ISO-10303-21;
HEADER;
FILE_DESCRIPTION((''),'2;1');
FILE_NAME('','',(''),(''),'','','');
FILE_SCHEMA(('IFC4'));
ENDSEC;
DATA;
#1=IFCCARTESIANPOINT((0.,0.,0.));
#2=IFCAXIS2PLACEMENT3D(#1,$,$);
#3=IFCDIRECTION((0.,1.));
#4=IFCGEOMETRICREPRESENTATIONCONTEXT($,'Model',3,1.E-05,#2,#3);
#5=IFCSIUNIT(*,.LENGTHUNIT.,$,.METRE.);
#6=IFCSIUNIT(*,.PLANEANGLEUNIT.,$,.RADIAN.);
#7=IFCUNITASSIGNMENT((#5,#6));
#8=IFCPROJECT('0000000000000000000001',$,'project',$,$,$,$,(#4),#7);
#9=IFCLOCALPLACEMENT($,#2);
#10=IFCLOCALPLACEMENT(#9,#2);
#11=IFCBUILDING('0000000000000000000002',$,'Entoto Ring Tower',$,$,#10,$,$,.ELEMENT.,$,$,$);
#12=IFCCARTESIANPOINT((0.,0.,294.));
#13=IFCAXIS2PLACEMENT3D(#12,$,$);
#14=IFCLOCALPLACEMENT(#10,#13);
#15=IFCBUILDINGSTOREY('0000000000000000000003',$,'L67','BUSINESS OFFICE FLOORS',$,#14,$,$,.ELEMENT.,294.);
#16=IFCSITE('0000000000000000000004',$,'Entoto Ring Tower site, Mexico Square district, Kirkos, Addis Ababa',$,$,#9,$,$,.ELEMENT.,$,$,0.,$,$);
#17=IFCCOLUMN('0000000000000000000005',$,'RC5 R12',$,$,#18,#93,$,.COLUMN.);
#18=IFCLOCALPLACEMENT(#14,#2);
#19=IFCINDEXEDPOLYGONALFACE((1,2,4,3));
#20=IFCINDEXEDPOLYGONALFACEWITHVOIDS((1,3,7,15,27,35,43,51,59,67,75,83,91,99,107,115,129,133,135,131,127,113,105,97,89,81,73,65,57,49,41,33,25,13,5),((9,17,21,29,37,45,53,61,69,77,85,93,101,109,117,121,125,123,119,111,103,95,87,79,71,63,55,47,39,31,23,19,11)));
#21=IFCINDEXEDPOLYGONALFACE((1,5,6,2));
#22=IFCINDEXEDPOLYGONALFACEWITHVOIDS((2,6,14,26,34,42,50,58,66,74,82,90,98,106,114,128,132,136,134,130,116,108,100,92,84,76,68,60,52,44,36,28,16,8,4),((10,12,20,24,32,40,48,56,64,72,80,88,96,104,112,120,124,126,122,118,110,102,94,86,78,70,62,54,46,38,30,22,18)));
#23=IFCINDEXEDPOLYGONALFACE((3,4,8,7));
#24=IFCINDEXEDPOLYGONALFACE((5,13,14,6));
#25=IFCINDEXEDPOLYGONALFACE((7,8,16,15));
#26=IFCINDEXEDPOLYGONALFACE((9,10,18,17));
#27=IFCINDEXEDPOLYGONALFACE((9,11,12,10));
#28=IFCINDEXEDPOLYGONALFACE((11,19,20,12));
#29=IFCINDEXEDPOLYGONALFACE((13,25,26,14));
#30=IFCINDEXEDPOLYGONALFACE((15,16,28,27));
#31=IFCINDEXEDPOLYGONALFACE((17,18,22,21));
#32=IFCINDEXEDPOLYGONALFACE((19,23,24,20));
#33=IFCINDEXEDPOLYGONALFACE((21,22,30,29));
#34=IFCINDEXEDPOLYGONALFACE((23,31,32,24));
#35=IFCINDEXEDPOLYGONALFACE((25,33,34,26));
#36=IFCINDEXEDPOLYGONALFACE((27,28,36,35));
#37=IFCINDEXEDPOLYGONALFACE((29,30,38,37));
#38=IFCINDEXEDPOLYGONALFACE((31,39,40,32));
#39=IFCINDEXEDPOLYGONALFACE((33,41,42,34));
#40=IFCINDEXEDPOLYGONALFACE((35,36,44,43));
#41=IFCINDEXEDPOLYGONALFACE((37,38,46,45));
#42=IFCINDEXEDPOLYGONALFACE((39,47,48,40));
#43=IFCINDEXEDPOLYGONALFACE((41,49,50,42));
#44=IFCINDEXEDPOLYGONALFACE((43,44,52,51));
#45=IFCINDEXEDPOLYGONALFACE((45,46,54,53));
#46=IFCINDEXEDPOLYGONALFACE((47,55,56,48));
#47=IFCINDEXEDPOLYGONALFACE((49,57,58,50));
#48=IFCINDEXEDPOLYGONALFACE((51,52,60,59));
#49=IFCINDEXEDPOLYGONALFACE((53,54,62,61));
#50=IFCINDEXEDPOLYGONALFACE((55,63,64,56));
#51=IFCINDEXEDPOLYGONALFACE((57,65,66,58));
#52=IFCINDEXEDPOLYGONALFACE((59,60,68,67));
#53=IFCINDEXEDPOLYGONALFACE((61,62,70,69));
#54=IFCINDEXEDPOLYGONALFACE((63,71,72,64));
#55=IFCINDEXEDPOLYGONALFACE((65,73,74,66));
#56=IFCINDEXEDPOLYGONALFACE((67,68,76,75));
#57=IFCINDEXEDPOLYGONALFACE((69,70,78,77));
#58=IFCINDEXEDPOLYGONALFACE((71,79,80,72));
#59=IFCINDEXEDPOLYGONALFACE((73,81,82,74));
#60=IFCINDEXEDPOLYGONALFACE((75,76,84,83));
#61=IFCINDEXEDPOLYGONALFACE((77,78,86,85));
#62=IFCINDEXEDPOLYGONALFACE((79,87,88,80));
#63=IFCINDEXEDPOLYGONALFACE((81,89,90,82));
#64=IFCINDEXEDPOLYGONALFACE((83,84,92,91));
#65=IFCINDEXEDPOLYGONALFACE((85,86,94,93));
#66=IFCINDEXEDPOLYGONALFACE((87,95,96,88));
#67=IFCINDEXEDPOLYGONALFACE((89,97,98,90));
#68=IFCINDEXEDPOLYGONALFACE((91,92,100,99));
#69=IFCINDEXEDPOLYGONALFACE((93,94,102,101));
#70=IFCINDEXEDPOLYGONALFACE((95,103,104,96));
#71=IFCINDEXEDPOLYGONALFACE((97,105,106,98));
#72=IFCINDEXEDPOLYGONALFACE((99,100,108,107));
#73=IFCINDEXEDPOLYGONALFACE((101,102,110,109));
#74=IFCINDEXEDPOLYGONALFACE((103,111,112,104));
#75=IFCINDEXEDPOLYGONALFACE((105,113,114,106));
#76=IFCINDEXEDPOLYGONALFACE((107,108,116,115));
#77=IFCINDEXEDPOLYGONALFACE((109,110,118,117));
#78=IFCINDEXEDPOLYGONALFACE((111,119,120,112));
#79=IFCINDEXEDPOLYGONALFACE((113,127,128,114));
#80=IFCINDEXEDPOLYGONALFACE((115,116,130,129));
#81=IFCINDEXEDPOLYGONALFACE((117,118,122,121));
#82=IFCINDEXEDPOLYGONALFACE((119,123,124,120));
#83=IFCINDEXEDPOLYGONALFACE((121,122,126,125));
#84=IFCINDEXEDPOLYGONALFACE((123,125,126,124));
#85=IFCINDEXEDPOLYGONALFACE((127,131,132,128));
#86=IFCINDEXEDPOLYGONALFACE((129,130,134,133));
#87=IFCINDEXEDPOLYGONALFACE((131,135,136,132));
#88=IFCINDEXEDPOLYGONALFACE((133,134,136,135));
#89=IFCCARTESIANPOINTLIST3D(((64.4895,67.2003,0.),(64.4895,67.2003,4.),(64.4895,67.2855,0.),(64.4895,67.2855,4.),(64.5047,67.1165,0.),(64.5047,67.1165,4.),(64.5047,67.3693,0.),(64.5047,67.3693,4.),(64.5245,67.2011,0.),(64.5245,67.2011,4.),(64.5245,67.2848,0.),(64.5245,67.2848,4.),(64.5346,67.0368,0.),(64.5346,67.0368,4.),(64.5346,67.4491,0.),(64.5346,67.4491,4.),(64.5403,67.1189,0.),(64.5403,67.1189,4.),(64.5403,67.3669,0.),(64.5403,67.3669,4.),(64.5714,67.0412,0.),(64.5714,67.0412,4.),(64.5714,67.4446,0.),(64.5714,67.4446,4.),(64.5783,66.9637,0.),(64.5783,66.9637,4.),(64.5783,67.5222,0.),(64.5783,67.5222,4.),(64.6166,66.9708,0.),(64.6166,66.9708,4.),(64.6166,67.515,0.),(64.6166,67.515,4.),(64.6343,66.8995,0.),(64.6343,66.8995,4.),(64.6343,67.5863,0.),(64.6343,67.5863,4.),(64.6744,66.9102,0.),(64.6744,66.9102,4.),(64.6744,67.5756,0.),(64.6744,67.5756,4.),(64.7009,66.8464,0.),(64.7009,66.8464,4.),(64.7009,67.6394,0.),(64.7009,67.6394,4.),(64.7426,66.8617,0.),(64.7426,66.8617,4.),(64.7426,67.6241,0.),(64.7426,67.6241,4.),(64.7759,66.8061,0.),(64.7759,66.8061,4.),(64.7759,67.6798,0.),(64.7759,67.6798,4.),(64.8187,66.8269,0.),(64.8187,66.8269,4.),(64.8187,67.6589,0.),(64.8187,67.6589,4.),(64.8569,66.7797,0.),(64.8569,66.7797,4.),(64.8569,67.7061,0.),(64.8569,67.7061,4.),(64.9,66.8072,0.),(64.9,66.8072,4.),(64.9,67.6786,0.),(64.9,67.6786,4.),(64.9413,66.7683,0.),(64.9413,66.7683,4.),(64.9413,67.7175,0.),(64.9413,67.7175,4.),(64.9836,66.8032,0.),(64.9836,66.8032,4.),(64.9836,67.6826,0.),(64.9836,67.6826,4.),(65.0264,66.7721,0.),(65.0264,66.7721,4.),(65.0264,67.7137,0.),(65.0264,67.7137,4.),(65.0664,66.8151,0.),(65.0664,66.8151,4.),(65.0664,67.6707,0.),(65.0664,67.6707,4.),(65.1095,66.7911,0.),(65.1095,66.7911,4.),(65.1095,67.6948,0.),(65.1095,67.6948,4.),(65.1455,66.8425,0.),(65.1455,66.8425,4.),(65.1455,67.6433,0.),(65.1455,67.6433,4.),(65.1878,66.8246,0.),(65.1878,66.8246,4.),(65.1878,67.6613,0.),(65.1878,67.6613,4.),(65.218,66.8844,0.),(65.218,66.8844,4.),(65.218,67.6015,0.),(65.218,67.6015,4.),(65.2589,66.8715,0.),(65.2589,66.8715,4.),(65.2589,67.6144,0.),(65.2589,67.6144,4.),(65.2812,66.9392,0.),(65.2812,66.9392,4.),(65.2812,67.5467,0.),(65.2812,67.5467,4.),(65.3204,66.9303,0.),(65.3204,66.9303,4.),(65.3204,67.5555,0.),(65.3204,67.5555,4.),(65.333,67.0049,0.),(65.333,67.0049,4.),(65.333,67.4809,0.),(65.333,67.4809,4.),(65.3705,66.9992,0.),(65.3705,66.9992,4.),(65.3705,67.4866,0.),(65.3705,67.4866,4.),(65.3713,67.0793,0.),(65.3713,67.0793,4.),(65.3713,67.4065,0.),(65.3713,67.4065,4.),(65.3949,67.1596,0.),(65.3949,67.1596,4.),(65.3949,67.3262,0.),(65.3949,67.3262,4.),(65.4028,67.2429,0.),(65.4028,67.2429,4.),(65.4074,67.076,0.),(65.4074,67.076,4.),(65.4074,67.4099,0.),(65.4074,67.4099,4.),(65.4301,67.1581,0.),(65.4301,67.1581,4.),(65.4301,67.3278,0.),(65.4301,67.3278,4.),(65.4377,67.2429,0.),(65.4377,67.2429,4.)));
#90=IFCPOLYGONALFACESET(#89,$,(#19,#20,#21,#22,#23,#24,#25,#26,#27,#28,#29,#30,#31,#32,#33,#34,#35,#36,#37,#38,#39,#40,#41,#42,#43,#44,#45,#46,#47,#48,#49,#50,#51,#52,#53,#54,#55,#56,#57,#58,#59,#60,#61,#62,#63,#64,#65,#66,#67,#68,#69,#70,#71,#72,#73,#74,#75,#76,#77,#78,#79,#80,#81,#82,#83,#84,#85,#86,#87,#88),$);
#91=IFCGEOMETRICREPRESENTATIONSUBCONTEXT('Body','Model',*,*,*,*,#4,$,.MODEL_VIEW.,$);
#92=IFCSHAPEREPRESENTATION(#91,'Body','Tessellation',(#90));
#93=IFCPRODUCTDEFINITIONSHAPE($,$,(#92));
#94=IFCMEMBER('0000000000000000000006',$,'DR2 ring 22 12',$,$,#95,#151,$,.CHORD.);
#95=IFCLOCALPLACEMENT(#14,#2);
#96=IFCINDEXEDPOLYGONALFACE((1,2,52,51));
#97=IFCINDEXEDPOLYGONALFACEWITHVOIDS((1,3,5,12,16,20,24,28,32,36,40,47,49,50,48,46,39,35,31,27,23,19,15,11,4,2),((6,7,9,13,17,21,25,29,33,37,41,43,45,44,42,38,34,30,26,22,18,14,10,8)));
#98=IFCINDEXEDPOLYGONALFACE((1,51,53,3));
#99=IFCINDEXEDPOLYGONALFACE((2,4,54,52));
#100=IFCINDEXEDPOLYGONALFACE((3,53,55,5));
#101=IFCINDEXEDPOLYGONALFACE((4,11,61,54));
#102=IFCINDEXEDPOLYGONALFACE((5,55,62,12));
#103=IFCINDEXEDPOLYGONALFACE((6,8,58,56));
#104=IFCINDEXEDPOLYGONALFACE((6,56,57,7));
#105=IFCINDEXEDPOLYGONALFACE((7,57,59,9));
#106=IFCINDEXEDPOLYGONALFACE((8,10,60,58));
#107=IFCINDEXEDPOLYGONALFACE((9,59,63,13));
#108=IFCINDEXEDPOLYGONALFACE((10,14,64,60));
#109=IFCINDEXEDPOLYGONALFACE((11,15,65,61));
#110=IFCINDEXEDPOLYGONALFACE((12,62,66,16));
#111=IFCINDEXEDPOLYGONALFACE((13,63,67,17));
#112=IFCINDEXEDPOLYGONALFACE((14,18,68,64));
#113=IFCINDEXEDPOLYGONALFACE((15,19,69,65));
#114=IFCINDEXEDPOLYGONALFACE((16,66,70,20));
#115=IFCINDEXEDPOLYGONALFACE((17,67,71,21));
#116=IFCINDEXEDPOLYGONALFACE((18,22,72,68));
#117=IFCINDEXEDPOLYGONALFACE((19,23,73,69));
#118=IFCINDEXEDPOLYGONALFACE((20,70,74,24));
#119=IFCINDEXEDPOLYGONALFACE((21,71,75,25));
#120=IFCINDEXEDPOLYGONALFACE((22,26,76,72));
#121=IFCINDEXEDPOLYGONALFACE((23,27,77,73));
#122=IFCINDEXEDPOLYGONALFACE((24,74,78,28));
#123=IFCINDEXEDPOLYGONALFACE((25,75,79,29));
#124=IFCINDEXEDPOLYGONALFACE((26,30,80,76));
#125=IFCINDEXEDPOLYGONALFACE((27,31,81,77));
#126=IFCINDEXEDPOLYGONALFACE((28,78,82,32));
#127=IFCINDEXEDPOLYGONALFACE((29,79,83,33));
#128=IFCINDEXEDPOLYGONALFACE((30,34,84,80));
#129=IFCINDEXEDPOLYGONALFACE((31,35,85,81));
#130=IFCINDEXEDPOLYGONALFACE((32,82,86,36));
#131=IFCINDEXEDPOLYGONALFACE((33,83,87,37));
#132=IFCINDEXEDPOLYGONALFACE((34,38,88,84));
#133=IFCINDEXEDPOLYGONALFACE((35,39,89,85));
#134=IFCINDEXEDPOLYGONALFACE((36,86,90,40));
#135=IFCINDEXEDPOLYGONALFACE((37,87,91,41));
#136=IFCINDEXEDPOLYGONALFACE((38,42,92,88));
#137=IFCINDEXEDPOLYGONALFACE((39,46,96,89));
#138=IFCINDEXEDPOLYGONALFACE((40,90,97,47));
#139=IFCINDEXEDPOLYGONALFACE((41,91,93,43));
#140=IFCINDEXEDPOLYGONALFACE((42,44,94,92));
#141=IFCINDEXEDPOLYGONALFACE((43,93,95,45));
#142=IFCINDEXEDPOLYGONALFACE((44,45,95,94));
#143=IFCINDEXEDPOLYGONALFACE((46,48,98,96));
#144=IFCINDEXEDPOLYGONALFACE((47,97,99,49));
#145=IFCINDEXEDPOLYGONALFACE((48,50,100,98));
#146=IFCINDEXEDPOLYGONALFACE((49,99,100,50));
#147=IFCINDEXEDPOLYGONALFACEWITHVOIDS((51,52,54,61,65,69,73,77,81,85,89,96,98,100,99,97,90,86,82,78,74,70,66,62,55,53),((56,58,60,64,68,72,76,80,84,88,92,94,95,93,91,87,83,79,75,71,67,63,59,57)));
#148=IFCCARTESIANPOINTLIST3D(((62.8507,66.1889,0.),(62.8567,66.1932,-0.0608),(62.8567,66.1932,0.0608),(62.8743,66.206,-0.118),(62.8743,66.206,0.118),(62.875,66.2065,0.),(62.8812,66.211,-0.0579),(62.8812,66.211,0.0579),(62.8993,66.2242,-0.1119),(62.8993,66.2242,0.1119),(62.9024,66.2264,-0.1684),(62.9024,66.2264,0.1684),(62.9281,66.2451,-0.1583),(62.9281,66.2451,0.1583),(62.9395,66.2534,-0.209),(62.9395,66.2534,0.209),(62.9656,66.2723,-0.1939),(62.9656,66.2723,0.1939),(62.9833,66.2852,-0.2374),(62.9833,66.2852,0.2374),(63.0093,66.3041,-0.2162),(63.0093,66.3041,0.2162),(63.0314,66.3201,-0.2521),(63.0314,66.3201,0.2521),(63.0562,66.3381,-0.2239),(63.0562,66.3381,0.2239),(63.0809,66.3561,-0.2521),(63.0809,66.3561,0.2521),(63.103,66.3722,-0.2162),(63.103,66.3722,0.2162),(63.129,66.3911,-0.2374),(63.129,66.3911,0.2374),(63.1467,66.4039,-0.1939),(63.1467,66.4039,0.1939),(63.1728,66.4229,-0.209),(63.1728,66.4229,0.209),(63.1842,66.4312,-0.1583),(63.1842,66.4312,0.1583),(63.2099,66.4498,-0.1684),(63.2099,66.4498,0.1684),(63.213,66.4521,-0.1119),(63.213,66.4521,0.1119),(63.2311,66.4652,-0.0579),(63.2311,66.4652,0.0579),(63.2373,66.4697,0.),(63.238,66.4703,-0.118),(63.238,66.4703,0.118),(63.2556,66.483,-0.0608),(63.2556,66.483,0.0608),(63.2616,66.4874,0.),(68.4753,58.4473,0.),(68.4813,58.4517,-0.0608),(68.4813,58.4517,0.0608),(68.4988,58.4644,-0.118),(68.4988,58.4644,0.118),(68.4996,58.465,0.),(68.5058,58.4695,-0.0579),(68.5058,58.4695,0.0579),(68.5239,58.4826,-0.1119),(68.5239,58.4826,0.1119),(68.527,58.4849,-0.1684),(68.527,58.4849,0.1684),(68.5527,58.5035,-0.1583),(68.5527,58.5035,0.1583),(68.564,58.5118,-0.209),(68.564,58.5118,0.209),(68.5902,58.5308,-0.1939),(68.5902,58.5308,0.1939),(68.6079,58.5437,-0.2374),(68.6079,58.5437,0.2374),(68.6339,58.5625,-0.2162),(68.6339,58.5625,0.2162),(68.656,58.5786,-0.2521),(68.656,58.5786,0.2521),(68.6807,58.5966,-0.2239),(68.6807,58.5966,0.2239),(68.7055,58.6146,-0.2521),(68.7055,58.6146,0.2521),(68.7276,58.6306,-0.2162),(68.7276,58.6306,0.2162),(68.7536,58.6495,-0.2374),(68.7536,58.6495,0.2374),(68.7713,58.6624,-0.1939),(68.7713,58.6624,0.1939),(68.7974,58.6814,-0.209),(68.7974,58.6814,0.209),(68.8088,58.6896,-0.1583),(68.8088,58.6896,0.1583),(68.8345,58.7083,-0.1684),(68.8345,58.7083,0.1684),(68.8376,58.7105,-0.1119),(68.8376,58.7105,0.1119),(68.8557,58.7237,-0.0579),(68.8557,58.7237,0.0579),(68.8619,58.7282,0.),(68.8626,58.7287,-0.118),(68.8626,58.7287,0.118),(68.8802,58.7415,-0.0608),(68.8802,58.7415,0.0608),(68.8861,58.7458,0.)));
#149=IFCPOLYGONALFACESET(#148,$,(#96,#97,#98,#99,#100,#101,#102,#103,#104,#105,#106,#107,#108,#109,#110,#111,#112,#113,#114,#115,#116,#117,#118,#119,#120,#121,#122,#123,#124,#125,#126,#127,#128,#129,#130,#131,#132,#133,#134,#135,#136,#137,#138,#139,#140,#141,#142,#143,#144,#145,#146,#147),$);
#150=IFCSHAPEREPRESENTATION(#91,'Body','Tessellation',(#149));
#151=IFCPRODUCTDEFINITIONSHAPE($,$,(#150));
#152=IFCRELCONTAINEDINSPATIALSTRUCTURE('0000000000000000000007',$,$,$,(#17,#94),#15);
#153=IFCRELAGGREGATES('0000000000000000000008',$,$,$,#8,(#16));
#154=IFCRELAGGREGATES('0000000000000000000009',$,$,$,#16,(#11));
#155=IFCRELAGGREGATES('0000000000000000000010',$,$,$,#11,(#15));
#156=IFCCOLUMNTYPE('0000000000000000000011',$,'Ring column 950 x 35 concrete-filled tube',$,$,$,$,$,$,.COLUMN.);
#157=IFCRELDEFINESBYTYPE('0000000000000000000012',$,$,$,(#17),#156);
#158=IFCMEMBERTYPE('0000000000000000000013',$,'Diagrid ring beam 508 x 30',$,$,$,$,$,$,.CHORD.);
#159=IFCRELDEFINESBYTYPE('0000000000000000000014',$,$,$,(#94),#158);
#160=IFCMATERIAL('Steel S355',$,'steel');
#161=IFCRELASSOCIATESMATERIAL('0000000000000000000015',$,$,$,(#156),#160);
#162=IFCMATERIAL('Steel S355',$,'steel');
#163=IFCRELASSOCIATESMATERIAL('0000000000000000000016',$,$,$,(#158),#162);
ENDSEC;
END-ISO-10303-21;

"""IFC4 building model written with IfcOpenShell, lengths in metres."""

from ifc_helpers import new_model, si_unit, direction, frame, origin, origin_2d, place, context, subcontext, project, spatial, circle, hollow_circle, extrude, material, material_profile, profile_set, type_object, element, save


model = new_model("IFC4")

# Units and contexts
model_context = context("Model", 3, precision=1e-05, world=origin(), true_north=direction((0.0, 1.0)))
body_context = subcontext(model_context, "Body", "Model", "MODEL_VIEW")
ifc_project = project(units=[si_unit("LENGTHUNIT", "METRE"), si_unit("PLANEANGLEUNIT", "RADIAN")], contexts=[model_context])

# Site, building, storey
site_placement = place(None, origin())
site = spatial("IfcSite", under=ifc_project, at=site_placement, Name="Entoto Ring Tower site, Mexico Square district, Kirkos, Addis Ababa", CompositionType="ELEMENT", RefElevation=0.0)
building_placement = place(site_placement, origin())
building = spatial("IfcBuilding", under=site, at=building_placement, Name="Entoto Ring Tower", CompositionType="ELEMENT")
storey_placement = place(building_placement, frame((0.0, 0.0, 294.0)))
storey = spatial("IfcBuildingStorey", under=building, at=storey_placement, Name="L67", Description="BUSINESS OFFICE FLOORS", CompositionType="ELEMENT", Elevation=294.0)

# Column
ifc_material_1 = material(Name="Steel S355", Category="steel")
ifc_material_profile_1 = material_profile(ifc_material_1, hollow_circle(Radius=0.4751, WallThickness=0.0349, at=origin_2d()), Name="CHS 950 x 35")
ifc_material_2 = material(Name="Concrete C60/75", Category="concrete")
ifc_material_profile_2 = material_profile(ifc_material_2, circle(Radius=0.4399, at=origin_2d()), Name="Concrete C60/75 infill")
ifc_profile_set_1 = profile_set([ifc_material_profile_1, ifc_material_profile_2], Name="Steel S355")
column_type = type_object("IfcColumnType", Name="Ring column 950 x 35 concrete-filled tube", PredefinedType="COLUMN", material=ifc_profile_set_1)
column_placement = place(storey_placement, frame((64.9626, 67.2429, 0.0), z_axis=(0.0, 0.0, 1.0), x_axis=(1.0, 0.0, 0.0)))
element("IfcColumn", 1, at=column_placement, inside=storey, type_object=column_type, Name="RC5 R12", PredefinedType="COLUMN", context=body_context, shape_type="SweptSolid", body=[
    extrude(hollow_circle(Radius=0.4751, WallThickness=0.0349, at=origin_2d()), origin(), (0.0, 0.0, 1.0), 4.0),
])

# Member
ifc_material_3 = material(Name="Steel S355", Category="steel")
ifc_material_profile_3 = material_profile(ifc_material_3, hollow_circle(Radius=0.2539, WallThickness=0.03, at=origin_2d()), Name="CHS 508 x 30")
ifc_material_4 = material(Name="Concrete C60/75", Category="concrete")
ifc_material_profile_4 = material_profile(ifc_material_4, circle(Radius=0.2241, at=origin_2d()), Name="Concrete C60/75 infill")
ifc_profile_set_2 = profile_set([ifc_material_profile_3, ifc_material_profile_4], Name="Steel S355")
member_type = type_object("IfcMemberType", Name="Diagrid ring beam 508 x 30", PredefinedType="CHORD", material=ifc_profile_set_2)
member_placement = place(storey_placement, frame((63.0562, 66.3381, 0.0), z_axis=(0.587786, -0.809016, 0.0), x_axis=(0.809016, 0.587786, 0.0)))
element("IfcMember", 2, at=member_placement, inside=storey, type_object=member_type, Name="DR2 ring 22 12", PredefinedType="CHORD", context=body_context, shape_type="SweptSolid", body=[
    extrude(hollow_circle(Radius=0.2539, WallThickness=0.03, at=origin_2d()), origin(), (0.0, 0.0, 1.0), 9.5691),
])

save(model, "model.ifc")
